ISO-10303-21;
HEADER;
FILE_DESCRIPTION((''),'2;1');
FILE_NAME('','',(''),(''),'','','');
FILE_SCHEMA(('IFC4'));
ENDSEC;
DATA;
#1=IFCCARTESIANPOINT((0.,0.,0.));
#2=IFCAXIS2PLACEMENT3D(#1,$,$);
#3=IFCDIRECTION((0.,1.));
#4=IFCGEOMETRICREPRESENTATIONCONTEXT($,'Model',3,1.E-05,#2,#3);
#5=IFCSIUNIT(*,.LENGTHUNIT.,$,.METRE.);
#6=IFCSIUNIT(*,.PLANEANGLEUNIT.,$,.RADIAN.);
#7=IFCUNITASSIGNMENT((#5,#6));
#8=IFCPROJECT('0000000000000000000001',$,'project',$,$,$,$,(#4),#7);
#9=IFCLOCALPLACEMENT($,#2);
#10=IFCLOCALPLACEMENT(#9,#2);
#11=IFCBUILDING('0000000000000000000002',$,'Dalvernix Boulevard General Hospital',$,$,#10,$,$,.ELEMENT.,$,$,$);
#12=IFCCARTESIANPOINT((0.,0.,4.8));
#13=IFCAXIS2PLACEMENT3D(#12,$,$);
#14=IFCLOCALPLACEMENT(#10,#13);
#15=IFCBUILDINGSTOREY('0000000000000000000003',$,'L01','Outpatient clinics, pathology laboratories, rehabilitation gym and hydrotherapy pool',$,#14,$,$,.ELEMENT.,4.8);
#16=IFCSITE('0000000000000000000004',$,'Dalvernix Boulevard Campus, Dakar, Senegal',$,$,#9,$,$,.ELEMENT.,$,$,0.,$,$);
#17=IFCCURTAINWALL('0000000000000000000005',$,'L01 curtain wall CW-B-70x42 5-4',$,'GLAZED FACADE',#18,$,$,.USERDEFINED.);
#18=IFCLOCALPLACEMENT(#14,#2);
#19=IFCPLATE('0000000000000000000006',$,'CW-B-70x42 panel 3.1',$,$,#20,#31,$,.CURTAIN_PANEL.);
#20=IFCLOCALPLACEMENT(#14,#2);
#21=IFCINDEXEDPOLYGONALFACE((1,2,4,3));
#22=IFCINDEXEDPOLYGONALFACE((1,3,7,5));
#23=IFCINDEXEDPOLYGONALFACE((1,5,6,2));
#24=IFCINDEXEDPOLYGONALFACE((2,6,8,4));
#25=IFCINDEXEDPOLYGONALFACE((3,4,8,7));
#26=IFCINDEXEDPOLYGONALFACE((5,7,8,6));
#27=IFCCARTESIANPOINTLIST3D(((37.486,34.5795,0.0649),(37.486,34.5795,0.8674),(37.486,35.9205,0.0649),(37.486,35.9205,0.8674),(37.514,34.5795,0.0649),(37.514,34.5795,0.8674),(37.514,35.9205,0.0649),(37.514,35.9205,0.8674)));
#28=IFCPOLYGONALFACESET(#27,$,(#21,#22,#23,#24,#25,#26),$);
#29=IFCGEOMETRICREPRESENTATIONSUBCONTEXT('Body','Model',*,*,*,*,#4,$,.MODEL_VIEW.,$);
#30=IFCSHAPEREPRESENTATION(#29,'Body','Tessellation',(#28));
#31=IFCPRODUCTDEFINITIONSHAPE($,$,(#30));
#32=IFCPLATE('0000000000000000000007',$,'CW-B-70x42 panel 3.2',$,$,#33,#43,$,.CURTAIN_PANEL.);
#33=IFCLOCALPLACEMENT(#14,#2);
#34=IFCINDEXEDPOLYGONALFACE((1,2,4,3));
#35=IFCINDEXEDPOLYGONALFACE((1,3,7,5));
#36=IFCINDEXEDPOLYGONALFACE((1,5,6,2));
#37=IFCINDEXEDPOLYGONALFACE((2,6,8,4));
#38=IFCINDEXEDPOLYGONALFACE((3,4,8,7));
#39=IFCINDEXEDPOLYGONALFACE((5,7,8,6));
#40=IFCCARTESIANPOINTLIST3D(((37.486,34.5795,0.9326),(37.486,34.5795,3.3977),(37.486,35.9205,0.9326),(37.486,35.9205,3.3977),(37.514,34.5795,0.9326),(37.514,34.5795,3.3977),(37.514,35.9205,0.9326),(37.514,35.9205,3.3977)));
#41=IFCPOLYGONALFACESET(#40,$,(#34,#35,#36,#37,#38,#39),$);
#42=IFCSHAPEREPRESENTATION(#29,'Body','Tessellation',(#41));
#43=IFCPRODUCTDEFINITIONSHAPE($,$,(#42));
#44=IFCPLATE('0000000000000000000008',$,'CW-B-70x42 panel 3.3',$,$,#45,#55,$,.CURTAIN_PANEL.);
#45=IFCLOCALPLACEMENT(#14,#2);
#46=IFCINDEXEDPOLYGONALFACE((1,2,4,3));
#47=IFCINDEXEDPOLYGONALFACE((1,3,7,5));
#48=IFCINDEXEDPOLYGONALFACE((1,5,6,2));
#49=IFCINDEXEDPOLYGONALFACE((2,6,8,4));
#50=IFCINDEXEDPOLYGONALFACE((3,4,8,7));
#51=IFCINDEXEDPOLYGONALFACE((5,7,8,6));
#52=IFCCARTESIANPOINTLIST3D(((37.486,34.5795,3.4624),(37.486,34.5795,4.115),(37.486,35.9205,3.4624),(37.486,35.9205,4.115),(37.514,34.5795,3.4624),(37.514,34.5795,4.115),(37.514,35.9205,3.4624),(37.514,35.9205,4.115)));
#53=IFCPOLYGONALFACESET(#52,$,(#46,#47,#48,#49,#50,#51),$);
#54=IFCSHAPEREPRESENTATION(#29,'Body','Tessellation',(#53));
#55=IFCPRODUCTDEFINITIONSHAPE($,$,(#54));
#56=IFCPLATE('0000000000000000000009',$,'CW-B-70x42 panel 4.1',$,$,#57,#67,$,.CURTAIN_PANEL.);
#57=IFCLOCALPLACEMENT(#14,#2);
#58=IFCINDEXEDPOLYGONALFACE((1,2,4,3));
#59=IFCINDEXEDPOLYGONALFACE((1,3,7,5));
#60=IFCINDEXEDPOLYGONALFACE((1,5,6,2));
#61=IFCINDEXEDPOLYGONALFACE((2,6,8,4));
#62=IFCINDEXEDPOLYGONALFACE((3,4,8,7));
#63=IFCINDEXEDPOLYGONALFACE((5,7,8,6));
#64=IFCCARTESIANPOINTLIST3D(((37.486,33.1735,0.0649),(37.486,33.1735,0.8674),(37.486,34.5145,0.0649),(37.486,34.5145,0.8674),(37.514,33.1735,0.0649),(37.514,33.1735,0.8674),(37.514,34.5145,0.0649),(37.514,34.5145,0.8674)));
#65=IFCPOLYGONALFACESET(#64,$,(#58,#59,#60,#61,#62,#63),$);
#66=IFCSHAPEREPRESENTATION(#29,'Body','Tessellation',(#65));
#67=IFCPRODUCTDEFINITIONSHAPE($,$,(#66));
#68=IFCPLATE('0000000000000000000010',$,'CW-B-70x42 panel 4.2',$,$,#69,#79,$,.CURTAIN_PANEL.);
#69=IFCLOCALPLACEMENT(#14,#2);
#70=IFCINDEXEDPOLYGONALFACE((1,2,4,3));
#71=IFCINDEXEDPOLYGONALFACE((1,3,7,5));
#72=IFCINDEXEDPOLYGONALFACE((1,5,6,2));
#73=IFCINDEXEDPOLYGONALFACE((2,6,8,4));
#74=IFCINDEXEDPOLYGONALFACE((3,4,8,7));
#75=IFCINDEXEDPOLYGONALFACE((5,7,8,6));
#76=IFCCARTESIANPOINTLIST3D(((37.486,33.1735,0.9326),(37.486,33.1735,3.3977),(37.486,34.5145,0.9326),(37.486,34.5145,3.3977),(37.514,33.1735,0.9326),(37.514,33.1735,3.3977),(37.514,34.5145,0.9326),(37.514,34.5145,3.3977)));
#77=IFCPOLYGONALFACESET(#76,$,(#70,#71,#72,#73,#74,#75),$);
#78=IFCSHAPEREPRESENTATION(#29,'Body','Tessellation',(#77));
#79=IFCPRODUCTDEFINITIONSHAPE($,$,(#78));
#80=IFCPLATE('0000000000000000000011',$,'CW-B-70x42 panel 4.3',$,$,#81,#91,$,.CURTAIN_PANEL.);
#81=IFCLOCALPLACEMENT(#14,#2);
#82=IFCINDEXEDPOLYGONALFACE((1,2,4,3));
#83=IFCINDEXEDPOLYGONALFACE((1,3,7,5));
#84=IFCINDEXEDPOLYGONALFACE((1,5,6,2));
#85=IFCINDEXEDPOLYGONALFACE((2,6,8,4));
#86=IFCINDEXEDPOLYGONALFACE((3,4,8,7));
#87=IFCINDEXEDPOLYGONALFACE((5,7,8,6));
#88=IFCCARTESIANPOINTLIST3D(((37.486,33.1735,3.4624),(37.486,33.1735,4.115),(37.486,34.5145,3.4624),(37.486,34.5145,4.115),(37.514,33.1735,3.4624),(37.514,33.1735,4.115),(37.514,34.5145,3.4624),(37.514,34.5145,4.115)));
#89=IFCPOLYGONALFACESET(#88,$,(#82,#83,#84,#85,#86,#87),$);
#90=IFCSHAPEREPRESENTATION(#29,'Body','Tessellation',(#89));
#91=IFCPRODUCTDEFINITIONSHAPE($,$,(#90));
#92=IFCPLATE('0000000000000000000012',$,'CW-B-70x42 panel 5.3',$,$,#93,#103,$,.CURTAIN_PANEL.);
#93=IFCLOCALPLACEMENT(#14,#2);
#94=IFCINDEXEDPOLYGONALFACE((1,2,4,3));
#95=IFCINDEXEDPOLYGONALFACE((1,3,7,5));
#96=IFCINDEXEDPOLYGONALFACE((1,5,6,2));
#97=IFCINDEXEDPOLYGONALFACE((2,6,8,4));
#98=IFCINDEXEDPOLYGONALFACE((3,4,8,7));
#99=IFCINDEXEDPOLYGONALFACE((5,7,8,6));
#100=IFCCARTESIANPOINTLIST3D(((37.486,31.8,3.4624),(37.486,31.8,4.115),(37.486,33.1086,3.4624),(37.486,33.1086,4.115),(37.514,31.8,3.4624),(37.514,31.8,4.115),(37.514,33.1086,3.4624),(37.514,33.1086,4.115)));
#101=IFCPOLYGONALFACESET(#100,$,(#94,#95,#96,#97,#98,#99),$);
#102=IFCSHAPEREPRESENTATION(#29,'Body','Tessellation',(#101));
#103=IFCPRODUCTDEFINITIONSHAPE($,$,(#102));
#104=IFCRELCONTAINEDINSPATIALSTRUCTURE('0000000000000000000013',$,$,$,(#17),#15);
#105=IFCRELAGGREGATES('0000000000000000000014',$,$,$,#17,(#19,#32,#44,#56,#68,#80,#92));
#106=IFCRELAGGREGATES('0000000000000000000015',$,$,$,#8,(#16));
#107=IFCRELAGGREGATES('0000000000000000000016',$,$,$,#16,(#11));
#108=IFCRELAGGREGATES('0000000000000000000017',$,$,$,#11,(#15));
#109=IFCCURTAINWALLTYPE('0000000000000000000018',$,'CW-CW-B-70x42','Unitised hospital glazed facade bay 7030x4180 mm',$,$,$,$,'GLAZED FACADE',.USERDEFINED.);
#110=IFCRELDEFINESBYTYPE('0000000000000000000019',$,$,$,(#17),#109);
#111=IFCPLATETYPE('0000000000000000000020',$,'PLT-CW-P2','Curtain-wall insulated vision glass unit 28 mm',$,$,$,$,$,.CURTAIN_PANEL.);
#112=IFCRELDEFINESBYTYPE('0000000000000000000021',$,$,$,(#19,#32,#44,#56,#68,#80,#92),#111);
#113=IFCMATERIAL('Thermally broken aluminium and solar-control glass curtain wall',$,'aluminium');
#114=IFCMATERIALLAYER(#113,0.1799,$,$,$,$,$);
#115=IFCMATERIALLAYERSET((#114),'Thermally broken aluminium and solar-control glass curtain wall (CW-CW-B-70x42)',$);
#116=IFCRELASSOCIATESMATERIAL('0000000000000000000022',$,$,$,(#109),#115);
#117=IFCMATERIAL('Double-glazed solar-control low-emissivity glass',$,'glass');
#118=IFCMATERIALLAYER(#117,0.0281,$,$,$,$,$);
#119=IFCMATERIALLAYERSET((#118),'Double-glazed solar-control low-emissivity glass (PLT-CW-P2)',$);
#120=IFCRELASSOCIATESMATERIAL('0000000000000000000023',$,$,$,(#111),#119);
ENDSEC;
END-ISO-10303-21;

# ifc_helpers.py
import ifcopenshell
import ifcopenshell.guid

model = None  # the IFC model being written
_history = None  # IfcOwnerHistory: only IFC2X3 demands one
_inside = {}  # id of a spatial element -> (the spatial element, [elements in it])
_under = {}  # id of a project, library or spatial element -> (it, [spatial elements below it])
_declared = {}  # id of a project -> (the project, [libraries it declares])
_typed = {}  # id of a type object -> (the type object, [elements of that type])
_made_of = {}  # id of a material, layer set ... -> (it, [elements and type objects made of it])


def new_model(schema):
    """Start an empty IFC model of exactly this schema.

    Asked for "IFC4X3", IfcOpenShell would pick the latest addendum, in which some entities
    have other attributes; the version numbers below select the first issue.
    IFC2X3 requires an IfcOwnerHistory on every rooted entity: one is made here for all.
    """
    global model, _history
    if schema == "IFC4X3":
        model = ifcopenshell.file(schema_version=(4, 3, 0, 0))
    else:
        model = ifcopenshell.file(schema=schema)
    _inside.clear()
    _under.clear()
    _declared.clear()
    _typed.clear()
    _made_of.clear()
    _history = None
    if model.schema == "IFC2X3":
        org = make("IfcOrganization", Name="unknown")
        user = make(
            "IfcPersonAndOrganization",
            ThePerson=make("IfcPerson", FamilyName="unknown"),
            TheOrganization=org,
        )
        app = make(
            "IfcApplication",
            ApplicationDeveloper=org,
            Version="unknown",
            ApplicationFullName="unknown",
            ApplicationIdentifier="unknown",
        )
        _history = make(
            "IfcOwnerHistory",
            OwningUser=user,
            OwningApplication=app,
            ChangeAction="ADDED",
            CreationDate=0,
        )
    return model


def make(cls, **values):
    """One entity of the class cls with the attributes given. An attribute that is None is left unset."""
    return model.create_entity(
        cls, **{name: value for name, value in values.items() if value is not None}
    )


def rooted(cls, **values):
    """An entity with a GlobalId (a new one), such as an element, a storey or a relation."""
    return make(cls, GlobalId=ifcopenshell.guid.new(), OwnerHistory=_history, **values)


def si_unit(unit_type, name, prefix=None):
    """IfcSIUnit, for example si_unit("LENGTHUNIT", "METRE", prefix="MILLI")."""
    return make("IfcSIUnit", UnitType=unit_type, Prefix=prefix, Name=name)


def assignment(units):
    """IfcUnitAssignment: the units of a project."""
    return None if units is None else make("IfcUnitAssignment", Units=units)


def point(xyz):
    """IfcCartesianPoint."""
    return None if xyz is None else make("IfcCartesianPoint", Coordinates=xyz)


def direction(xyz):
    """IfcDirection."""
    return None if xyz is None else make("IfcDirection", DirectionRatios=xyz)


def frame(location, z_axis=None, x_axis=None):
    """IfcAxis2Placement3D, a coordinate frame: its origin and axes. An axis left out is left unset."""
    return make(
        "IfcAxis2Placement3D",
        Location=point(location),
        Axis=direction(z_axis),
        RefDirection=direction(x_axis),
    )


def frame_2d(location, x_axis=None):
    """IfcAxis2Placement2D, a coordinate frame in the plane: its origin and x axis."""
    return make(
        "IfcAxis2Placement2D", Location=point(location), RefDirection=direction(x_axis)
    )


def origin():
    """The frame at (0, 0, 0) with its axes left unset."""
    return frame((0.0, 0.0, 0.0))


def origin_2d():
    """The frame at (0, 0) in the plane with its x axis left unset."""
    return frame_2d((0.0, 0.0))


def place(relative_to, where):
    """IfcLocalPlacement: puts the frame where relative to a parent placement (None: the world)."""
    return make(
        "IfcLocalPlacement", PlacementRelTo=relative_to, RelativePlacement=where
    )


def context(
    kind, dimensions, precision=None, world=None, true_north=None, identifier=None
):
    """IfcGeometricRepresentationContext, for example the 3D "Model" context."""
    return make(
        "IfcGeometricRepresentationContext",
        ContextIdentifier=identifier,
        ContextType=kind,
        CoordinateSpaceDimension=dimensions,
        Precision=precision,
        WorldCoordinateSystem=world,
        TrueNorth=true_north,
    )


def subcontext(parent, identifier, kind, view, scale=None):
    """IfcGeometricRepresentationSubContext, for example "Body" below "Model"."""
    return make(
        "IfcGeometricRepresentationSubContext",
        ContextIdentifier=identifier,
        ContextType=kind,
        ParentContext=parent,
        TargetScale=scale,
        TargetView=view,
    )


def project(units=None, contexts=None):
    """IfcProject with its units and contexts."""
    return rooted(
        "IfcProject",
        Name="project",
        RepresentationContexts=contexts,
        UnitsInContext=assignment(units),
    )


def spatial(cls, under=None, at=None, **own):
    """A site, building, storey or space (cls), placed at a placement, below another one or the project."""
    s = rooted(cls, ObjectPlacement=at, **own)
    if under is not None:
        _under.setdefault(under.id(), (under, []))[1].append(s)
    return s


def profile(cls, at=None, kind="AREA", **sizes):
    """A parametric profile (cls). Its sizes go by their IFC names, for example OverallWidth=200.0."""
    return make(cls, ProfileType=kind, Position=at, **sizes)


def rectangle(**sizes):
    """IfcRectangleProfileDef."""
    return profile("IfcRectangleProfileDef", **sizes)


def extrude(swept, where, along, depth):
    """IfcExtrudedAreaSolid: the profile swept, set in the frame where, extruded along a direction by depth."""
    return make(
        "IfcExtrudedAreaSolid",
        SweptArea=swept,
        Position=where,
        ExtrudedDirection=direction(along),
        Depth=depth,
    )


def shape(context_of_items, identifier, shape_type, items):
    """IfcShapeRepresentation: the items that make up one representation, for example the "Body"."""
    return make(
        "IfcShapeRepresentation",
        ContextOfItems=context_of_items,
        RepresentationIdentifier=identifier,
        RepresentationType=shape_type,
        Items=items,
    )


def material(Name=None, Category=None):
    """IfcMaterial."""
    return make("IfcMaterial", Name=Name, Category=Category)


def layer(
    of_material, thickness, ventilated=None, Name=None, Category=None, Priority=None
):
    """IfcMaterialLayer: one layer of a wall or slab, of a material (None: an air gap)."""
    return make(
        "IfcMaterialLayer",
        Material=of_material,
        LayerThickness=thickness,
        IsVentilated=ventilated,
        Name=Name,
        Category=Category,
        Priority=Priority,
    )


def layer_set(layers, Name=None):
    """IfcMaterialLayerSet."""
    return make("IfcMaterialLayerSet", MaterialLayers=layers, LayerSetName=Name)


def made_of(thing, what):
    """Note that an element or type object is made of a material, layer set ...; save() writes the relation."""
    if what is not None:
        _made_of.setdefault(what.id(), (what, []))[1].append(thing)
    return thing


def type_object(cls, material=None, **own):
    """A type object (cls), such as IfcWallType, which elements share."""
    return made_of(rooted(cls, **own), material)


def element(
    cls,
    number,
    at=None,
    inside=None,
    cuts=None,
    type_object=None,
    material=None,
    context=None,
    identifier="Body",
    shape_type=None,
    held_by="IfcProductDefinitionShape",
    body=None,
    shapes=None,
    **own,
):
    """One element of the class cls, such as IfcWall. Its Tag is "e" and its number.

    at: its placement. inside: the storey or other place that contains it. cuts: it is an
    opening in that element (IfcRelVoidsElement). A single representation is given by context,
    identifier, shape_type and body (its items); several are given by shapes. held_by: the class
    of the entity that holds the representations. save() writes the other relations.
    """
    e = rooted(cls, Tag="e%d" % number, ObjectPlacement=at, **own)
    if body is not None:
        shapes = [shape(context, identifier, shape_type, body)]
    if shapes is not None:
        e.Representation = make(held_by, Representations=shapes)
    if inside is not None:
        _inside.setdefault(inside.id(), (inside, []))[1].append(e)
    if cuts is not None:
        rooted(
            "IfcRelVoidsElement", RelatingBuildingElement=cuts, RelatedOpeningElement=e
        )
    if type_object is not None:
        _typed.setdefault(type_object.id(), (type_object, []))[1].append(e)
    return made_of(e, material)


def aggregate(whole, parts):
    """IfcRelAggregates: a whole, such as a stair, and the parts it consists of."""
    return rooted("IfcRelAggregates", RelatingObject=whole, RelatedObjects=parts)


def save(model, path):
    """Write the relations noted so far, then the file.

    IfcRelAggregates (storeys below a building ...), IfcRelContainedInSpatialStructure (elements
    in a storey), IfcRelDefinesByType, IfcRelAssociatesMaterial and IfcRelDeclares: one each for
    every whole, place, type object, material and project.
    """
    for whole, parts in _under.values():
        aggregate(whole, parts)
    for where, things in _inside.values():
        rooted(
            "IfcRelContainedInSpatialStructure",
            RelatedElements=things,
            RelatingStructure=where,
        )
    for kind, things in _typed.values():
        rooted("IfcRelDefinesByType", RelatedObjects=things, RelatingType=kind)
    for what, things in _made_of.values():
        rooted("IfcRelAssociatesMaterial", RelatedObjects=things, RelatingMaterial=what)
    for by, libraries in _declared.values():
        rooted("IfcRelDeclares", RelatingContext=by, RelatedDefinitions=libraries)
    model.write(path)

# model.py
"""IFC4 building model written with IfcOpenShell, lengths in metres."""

from ifc_helpers import new_model, si_unit, direction, frame, origin, origin_2d, place, context, subcontext, project, spatial, rectangle, extrude, material, layer, layer_set, type_object, element, aggregate, save


model = new_model("IFC4")

# Units and contexts
model_context = context("Model", 3, precision=1e-05, world=origin(), true_north=direction((0.0, 1.0)))
body_context = subcontext(model_context, "Body", "Model", "MODEL_VIEW")
ifc_project = project(units=[si_unit("LENGTHUNIT", "METRE"), si_unit("PLANEANGLEUNIT", "RADIAN")], contexts=[model_context])

# Site, building, storey
site_placement = place(None, origin())
site = spatial("IfcSite", under=ifc_project, at=site_placement, Name="Dalvernix Boulevard Campus, Dakar, Senegal", CompositionType="ELEMENT", RefElevation=0.0)
building_placement = place(site_placement, origin())
building = spatial("IfcBuilding", under=site, at=building_placement, Name="Dalvernix Boulevard General Hospital", CompositionType="ELEMENT")
storey_placement = place(building_placement, frame((0.0, 0.0, 4.8)))
storey = spatial("IfcBuildingStorey", under=building, at=storey_placement, Name="L01", Description="Outpatient clinics, pathology laboratories, rehabilitation gym and hydrotherapy pool", CompositionType="ELEMENT", Elevation=4.8)

# Curtain wall, plates
ifc_material_1 = material(Name="Thermally broken aluminium and solar-control glass curtain wall", Category="aluminium")
ifc_layer_1 = layer(ifc_material_1, 0.1799)
ifc_layer_set_1 = layer_set([ifc_layer_1], Name="Thermally broken aluminium and solar-control glass curtain wall (CW-CW-B-70x42)")
curtain_wall_type = type_object("IfcCurtainWallType", Name="CW-CW-B-70x42", Description="Unitised hospital glazed facade bay 7030x4180 mm", ElementType="GLAZED FACADE", PredefinedType="USERDEFINED", material=ifc_layer_set_1)
curtain_wall_placement = place(storey_placement, origin())
curtain_wall = element("IfcCurtainWall", 1, at=curtain_wall_placement, inside=storey, type_object=curtain_wall_type, Name="L01 curtain wall CW-B-70x42 5-4", ObjectType="GLAZED FACADE", PredefinedType="USERDEFINED")
ifc_material_2 = material(Name="Double-glazed solar-control low-emissivity glass", Category="glass")
ifc_layer_2 = layer(ifc_material_2, 0.0281)
ifc_layer_set_2 = layer_set([ifc_layer_2], Name="Double-glazed solar-control low-emissivity glass (PLT-CW-P2)")
plate_type = type_object("IfcPlateType", Name="PLT-CW-P2", Description="Curtain-wall insulated vision glass unit 28 mm", PredefinedType="CURTAIN_PANEL", material=ifc_layer_set_2)
plate_1_placement = place(storey_placement, frame((37.5, 35.25, 0.0649), z_axis=(0.0, 0.0, 1.0), x_axis=(0.0, -1.0, 0.0)))
plate_1 = element("IfcPlate", 2, at=plate_1_placement, type_object=plate_type, Name="CW-B-70x42 panel 3.1", PredefinedType="CURTAIN_PANEL", context=body_context, shape_type="SweptSolid", body=[
    extrude(rectangle(XDim=1.3411, YDim=0.0281, at=origin_2d()), origin(), (0.0, 0.0, 1.0), 0.8025),
])
plate_2_placement = place(storey_placement, frame((37.5, 35.25, 0.9326), z_axis=(0.0, 0.0, 1.0), x_axis=(0.0, -1.0, 0.0)))
plate_2 = element("IfcPlate", 3, at=plate_2_placement, type_object=plate_type, Name="CW-B-70x42 panel 3.2", PredefinedType="CURTAIN_PANEL", context=body_context, shape_type="SweptSolid", body=[
    extrude(rectangle(XDim=1.3411, YDim=0.0281, at=origin_2d()), origin(), (0.0, 0.0, 1.0), 2.4651),
])
plate_3_placement = place(storey_placement, frame((37.5, 35.25, 3.4624), z_axis=(0.0, 0.0, 1.0), x_axis=(0.0, -1.0, 0.0)))
plate_3 = element("IfcPlate", 4, at=plate_3_placement, type_object=plate_type, Name="CW-B-70x42 panel 3.3", PredefinedType="CURTAIN_PANEL", context=body_context, shape_type="SweptSolid", body=[
    extrude(rectangle(XDim=1.3411, YDim=0.0281, at=origin_2d()), origin(), (0.0, 0.0, 1.0), 0.6526),
])
plate_4_placement = place(storey_placement, frame((37.5, 33.844, 0.0649), z_axis=(0.0, 0.0, 1.0), x_axis=(0.0, -1.0, 0.0)))
plate_4 = element("IfcPlate", 5, at=plate_4_placement, type_object=plate_type, Name="CW-B-70x42 panel 4.1", PredefinedType="CURTAIN_PANEL", context=body_context, shape_type="SweptSolid", body=[
    extrude(rectangle(XDim=1.3411, YDim=0.0281, at=origin_2d()), origin(), (0.0, 0.0, 1.0), 0.8025),
])
plate_5_placement = place(storey_placement, frame((37.5, 33.844, 0.9326), z_axis=(0.0, 0.0, 1.0), x_axis=(0.0, -1.0, 0.0)))
plate_5 = element("IfcPlate", 6, at=plate_5_placement, type_object=plate_type, Name="CW-B-70x42 panel 4.2", PredefinedType="CURTAIN_PANEL", context=body_context, shape_type="SweptSolid", body=[
    extrude(rectangle(XDim=1.3411, YDim=0.0281, at=origin_2d()), origin(), (0.0, 0.0, 1.0), 2.4651),
])
plate_6_placement = place(storey_placement, frame((37.5, 33.844, 3.4624), z_axis=(0.0, 0.0, 1.0), x_axis=(0.0, -1.0, 0.0)))
plate_6 = element("IfcPlate", 7, at=plate_6_placement, type_object=plate_type, Name="CW-B-70x42 panel 4.3", PredefinedType="CURTAIN_PANEL", context=body_context, shape_type="SweptSolid", body=[
    extrude(rectangle(XDim=1.3411, YDim=0.0281, at=origin_2d()), origin(), (0.0, 0.0, 1.0), 0.6526),
])
plate_7_placement = place(storey_placement, frame((37.5, 32.4543, 3.4624), z_axis=(0.0, 0.0, 1.0), x_axis=(0.0, -1.0, 0.0)))
plate_7 = element("IfcPlate", 8, at=plate_7_placement, type_object=plate_type, Name="CW-B-70x42 panel 5.3", PredefinedType="CURTAIN_PANEL", context=body_context, shape_type="SweptSolid", body=[
    extrude(rectangle(XDim=1.3086, YDim=0.0281, at=origin_2d()), origin(), (0.0, 0.0, 1.0), 0.6526),
])
aggregate(curtain_wall, [plate_1, plate_2, plate_3, plate_4, plate_5, plate_6, plate_7])

save(model, "model.ifc")
